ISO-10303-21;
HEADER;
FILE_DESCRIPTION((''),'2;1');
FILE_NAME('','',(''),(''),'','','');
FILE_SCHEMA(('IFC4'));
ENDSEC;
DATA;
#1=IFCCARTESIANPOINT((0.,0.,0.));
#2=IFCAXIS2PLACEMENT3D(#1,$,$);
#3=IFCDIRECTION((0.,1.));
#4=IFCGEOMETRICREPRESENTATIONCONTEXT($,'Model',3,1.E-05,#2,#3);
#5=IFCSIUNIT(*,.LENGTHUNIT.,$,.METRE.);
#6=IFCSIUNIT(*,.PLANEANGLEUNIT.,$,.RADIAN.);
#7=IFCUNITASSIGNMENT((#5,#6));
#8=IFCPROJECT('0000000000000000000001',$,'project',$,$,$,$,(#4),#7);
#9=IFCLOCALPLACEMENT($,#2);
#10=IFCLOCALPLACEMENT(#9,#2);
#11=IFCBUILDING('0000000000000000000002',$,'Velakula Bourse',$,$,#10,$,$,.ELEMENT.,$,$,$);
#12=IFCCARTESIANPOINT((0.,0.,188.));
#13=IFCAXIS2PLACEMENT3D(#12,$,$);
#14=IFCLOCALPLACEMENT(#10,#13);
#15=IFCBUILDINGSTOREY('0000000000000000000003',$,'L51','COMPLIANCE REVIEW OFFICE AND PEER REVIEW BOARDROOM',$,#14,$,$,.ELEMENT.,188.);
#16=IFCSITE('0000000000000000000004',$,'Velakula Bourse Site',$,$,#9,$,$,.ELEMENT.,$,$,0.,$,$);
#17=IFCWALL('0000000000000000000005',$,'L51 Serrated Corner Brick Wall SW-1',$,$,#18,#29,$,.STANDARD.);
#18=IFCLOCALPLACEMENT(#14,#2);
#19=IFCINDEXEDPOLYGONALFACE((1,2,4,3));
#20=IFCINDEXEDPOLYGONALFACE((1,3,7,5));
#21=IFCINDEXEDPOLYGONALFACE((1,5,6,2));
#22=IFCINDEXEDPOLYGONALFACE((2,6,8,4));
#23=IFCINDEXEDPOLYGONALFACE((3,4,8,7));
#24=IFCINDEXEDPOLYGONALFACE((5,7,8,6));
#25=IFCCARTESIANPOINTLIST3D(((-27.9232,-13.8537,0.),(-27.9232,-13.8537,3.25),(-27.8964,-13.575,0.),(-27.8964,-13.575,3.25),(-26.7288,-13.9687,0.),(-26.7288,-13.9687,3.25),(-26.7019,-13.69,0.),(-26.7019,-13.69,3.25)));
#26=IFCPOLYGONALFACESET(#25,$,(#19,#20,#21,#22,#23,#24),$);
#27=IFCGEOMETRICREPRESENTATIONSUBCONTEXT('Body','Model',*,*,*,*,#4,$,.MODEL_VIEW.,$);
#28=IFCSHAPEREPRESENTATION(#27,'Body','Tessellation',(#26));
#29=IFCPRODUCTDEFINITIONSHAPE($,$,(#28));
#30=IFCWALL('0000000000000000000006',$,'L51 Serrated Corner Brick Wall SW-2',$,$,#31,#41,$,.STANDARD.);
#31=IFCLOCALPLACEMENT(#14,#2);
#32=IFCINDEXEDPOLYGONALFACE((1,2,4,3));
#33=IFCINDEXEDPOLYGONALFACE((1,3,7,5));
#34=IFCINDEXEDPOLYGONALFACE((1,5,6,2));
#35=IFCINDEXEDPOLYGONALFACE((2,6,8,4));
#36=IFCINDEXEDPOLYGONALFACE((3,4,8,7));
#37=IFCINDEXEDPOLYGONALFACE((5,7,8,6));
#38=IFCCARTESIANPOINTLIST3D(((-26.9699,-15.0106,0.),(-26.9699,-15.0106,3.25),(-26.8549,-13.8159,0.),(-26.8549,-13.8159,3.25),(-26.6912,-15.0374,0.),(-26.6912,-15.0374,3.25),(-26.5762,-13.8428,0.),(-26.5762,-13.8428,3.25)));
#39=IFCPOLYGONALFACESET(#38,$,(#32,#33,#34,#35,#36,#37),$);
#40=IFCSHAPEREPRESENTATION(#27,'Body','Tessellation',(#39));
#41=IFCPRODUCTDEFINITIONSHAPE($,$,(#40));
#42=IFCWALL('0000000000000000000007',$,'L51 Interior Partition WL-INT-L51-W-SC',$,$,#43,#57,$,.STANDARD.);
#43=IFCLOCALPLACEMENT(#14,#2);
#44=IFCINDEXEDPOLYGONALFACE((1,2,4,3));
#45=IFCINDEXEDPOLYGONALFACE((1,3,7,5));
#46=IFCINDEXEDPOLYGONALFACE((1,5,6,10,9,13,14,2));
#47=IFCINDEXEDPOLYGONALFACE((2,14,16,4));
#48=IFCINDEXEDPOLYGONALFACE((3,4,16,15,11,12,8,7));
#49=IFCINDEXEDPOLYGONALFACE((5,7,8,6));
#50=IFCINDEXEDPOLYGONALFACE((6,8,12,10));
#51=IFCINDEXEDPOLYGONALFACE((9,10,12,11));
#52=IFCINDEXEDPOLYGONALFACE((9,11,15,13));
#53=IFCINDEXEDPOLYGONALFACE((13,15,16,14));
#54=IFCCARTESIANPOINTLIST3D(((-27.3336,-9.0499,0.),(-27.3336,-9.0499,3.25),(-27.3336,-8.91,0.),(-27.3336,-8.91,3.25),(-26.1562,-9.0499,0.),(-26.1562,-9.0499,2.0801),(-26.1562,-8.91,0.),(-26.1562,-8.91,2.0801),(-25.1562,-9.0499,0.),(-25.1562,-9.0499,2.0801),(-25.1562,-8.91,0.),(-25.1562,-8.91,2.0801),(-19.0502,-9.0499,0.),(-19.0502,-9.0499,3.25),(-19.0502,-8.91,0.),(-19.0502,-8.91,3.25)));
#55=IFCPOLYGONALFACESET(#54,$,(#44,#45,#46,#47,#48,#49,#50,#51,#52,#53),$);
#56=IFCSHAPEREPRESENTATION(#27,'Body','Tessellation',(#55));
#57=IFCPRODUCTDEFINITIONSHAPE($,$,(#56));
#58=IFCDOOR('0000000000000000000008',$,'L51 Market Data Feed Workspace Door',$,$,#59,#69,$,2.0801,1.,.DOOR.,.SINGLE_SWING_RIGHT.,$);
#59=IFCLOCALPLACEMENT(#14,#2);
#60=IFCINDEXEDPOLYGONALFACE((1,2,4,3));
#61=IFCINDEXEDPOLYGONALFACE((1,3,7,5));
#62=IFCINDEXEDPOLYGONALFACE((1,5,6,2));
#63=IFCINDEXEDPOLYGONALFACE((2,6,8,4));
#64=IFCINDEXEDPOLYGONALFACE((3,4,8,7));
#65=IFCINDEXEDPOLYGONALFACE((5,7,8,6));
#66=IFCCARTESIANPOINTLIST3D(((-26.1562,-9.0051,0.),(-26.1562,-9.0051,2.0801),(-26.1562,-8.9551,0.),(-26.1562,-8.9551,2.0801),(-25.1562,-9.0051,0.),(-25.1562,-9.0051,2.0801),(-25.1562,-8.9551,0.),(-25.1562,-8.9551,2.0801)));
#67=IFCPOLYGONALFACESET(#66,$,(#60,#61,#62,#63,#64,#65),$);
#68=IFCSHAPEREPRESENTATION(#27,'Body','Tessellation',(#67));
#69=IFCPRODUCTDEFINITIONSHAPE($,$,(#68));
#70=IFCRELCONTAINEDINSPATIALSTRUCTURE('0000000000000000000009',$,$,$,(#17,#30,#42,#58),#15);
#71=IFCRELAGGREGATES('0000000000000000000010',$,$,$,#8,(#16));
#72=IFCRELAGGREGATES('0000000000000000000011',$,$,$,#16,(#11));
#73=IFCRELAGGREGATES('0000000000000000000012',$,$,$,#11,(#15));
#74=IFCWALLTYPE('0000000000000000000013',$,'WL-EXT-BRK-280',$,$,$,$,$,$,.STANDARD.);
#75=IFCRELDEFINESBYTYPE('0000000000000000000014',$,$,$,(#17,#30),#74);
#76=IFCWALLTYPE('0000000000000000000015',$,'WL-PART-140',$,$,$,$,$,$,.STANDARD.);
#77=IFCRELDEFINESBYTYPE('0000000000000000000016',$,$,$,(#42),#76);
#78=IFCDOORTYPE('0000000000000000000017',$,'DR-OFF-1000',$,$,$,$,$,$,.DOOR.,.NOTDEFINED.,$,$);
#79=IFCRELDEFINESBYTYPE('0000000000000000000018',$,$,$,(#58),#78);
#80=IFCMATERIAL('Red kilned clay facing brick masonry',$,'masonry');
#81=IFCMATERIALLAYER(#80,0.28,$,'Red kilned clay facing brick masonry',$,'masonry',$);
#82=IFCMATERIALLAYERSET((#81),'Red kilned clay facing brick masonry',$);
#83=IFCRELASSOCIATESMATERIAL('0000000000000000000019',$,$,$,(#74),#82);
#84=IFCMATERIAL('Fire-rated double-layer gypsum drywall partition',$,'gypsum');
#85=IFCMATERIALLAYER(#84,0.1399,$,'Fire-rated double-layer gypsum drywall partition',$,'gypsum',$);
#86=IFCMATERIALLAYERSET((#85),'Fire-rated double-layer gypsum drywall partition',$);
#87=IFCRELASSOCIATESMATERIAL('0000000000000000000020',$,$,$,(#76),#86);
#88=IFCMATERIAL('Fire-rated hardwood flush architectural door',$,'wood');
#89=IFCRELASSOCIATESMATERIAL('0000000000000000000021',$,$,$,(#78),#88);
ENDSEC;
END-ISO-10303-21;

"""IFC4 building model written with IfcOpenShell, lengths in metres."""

from ifc_helpers import new_model, si_unit, direction, frame, frame_2d, origin, place, context, subcontext, project, spatial, rectangle, extrude, material, layer, layer_set, type_object, element, fill, save


model = new_model("IFC4")

# Units and contexts
model_context = context("Model", 3, precision=1e-05, world=origin(), true_north=direction((0.0, 1.0)))
body_context = subcontext(model_context, "Body", "Model", "MODEL_VIEW")
ifc_project = project(units=[si_unit("LENGTHUNIT", "METRE"), si_unit("PLANEANGLEUNIT", "RADIAN")], contexts=[model_context])

# Site, building, storey
site_placement = place(None, origin())
site = spatial("IfcSite", under=ifc_project, at=site_placement, Name="Velakula Bourse Site", CompositionType="ELEMENT", RefElevation=0.0)
building_placement = place(site_placement, origin())
building = spatial("IfcBuilding", under=site, at=building_placement, Name="Velakula Bourse", CompositionType="ELEMENT")
storey_placement = place(building_placement, frame((0.0, 0.0, 188.0)))
storey = spatial("IfcBuildingStorey", under=building, at=storey_placement, Name="L51", Description="COMPLIANCE REVIEW OFFICE AND PEER REVIEW BOARDROOM", CompositionType="ELEMENT", Elevation=188.0)

# Shared definitions
ifc_material_1 = material(Name="Red kilned clay facing brick masonry", Category="masonry")
ifc_layer_1 = layer(ifc_material_1, 0.28, Name="Red kilned clay facing brick masonry", Category="masonry")
ifc_layer_set_1 = layer_set([ifc_layer_1], Name="Red kilned clay facing brick masonry")
wall_type_1 = type_object("IfcWallType", Name="WL-EXT-BRK-280", PredefinedType="STANDARD", material=ifc_layer_set_1)

# Walls
wall_1_placement = place(storey_placement, frame((-27.9099, -13.7144, 0.0), z_axis=(0.0, 0.0, 1.0), x_axis=(0.995397, -0.095836, 0.0)))
element("IfcWall", 1, at=wall_1_placement, inside=storey, type_object=wall_type_1, Name="L51 Serrated Corner Brick Wall SW-1", PredefinedType="STANDARD", context=body_context, shape_type="SweptSolid", body=[
    extrude(rectangle(XDim=1.2, YDim=0.28, at=frame_2d((0.6001, 0.0))), origin(), (0.0, 0.0, 1.0), 3.25),
])
wall_2_placement = place(storey_placement, frame((-26.7156, -13.8293, 0.0), z_axis=(0.0, 0.0, 1.0), x_axis=(-0.095817, -0.995399, 0.0)))
element("IfcWall", 2, at=wall_2_placement, inside=storey, type_object=wall_type_1, Name="L51 Serrated Corner Brick Wall SW-2", PredefinedType="STANDARD", context=body_context, shape_type="SweptSolid", body=[
    extrude(rectangle(XDim=1.2002, YDim=0.28, at=frame_2d((0.6001, 0.0))), origin(), (0.0, 0.0, 1.0), 3.25),
])

# Shared definitions
ifc_material_2 = material(Name="Fire-rated double-layer gypsum drywall partition", Category="gypsum")
ifc_layer_2 = layer(ifc_material_2, 0.1399, Name="Fire-rated double-layer gypsum drywall partition", Category="gypsum")
ifc_layer_set_2 = layer_set([ifc_layer_2], Name="Fire-rated double-layer gypsum drywall partition")
wall_type_2 = type_object("IfcWallType", Name="WL-PART-140", PredefinedType="STANDARD", material=ifc_layer_set_2)
ifc_material_3 = material(Name="Fire-rated hardwood flush architectural door", Category="wood")
door_type_1 = type_object("IfcDoorType", Name="DR-OFF-1000", OperationType="NOTDEFINED", PredefinedType="DOOR", material=ifc_material_3)

# Wall, opening, door
wall_3_placement = place(storey_placement, frame((-27.3335, -8.98, 0.0), z_axis=(0.0, 0.0, 1.0), x_axis=(1.0, 0.0, 0.0)))
wall_3 = element("IfcWall", 3, at=wall_3_placement, inside=storey, type_object=wall_type_2, Name="L51 Interior Partition WL-INT-L51-W-SC", PredefinedType="STANDARD", context=body_context, shape_type="SweptSolid", body=[
    extrude(rectangle(XDim=8.2834, YDim=0.1399, at=frame_2d((4.1416, 0.0))), origin(), (0.0, 0.0, 1.0), 3.25),
])
opening_1_placement = place(wall_3_placement, frame((1.1772, 0.0, 0.0)))
opening_1 = element("IfcOpeningElement", 4, at=opening_1_placement, cuts=wall_3, PredefinedType="OPENING", context=body_context, shape_type="SweptSolid", body=[
    extrude(rectangle(XDim=1.0, YDim=2.0801, at=frame_2d((0.5, 1.04))), frame((0.0, 0.0798, 0.0), z_axis=(0.0, -1.0, 0.0), x_axis=(1.0, 0.0, 0.0)), (0.0, 0.0, 1.0), 0.1599),
])
door_1_placement = place(opening_1_placement, origin())
door_1 = element("IfcDoor", 5, at=door_1_placement, inside=storey, type_object=door_type_1, Name="L51 Market Data Feed Workspace Door", OperationType="SINGLE_SWING_RIGHT", OverallHeight=2.0801, OverallWidth=1.0, PredefinedType="DOOR", context=body_context, shape_type="SweptSolid", body=[
    extrude(rectangle(XDim=1.0, YDim=2.0801, at=frame_2d((0.5, 1.04))), frame((0.0, 0.0249, 0.0), z_axis=(0.0, -1.0, 0.0), x_axis=(1.0, 0.0, 0.0)), (0.0, 0.0, 1.0), 0.05),
])
fill(opening_1, door_1)

save(model, "model.ifc")
